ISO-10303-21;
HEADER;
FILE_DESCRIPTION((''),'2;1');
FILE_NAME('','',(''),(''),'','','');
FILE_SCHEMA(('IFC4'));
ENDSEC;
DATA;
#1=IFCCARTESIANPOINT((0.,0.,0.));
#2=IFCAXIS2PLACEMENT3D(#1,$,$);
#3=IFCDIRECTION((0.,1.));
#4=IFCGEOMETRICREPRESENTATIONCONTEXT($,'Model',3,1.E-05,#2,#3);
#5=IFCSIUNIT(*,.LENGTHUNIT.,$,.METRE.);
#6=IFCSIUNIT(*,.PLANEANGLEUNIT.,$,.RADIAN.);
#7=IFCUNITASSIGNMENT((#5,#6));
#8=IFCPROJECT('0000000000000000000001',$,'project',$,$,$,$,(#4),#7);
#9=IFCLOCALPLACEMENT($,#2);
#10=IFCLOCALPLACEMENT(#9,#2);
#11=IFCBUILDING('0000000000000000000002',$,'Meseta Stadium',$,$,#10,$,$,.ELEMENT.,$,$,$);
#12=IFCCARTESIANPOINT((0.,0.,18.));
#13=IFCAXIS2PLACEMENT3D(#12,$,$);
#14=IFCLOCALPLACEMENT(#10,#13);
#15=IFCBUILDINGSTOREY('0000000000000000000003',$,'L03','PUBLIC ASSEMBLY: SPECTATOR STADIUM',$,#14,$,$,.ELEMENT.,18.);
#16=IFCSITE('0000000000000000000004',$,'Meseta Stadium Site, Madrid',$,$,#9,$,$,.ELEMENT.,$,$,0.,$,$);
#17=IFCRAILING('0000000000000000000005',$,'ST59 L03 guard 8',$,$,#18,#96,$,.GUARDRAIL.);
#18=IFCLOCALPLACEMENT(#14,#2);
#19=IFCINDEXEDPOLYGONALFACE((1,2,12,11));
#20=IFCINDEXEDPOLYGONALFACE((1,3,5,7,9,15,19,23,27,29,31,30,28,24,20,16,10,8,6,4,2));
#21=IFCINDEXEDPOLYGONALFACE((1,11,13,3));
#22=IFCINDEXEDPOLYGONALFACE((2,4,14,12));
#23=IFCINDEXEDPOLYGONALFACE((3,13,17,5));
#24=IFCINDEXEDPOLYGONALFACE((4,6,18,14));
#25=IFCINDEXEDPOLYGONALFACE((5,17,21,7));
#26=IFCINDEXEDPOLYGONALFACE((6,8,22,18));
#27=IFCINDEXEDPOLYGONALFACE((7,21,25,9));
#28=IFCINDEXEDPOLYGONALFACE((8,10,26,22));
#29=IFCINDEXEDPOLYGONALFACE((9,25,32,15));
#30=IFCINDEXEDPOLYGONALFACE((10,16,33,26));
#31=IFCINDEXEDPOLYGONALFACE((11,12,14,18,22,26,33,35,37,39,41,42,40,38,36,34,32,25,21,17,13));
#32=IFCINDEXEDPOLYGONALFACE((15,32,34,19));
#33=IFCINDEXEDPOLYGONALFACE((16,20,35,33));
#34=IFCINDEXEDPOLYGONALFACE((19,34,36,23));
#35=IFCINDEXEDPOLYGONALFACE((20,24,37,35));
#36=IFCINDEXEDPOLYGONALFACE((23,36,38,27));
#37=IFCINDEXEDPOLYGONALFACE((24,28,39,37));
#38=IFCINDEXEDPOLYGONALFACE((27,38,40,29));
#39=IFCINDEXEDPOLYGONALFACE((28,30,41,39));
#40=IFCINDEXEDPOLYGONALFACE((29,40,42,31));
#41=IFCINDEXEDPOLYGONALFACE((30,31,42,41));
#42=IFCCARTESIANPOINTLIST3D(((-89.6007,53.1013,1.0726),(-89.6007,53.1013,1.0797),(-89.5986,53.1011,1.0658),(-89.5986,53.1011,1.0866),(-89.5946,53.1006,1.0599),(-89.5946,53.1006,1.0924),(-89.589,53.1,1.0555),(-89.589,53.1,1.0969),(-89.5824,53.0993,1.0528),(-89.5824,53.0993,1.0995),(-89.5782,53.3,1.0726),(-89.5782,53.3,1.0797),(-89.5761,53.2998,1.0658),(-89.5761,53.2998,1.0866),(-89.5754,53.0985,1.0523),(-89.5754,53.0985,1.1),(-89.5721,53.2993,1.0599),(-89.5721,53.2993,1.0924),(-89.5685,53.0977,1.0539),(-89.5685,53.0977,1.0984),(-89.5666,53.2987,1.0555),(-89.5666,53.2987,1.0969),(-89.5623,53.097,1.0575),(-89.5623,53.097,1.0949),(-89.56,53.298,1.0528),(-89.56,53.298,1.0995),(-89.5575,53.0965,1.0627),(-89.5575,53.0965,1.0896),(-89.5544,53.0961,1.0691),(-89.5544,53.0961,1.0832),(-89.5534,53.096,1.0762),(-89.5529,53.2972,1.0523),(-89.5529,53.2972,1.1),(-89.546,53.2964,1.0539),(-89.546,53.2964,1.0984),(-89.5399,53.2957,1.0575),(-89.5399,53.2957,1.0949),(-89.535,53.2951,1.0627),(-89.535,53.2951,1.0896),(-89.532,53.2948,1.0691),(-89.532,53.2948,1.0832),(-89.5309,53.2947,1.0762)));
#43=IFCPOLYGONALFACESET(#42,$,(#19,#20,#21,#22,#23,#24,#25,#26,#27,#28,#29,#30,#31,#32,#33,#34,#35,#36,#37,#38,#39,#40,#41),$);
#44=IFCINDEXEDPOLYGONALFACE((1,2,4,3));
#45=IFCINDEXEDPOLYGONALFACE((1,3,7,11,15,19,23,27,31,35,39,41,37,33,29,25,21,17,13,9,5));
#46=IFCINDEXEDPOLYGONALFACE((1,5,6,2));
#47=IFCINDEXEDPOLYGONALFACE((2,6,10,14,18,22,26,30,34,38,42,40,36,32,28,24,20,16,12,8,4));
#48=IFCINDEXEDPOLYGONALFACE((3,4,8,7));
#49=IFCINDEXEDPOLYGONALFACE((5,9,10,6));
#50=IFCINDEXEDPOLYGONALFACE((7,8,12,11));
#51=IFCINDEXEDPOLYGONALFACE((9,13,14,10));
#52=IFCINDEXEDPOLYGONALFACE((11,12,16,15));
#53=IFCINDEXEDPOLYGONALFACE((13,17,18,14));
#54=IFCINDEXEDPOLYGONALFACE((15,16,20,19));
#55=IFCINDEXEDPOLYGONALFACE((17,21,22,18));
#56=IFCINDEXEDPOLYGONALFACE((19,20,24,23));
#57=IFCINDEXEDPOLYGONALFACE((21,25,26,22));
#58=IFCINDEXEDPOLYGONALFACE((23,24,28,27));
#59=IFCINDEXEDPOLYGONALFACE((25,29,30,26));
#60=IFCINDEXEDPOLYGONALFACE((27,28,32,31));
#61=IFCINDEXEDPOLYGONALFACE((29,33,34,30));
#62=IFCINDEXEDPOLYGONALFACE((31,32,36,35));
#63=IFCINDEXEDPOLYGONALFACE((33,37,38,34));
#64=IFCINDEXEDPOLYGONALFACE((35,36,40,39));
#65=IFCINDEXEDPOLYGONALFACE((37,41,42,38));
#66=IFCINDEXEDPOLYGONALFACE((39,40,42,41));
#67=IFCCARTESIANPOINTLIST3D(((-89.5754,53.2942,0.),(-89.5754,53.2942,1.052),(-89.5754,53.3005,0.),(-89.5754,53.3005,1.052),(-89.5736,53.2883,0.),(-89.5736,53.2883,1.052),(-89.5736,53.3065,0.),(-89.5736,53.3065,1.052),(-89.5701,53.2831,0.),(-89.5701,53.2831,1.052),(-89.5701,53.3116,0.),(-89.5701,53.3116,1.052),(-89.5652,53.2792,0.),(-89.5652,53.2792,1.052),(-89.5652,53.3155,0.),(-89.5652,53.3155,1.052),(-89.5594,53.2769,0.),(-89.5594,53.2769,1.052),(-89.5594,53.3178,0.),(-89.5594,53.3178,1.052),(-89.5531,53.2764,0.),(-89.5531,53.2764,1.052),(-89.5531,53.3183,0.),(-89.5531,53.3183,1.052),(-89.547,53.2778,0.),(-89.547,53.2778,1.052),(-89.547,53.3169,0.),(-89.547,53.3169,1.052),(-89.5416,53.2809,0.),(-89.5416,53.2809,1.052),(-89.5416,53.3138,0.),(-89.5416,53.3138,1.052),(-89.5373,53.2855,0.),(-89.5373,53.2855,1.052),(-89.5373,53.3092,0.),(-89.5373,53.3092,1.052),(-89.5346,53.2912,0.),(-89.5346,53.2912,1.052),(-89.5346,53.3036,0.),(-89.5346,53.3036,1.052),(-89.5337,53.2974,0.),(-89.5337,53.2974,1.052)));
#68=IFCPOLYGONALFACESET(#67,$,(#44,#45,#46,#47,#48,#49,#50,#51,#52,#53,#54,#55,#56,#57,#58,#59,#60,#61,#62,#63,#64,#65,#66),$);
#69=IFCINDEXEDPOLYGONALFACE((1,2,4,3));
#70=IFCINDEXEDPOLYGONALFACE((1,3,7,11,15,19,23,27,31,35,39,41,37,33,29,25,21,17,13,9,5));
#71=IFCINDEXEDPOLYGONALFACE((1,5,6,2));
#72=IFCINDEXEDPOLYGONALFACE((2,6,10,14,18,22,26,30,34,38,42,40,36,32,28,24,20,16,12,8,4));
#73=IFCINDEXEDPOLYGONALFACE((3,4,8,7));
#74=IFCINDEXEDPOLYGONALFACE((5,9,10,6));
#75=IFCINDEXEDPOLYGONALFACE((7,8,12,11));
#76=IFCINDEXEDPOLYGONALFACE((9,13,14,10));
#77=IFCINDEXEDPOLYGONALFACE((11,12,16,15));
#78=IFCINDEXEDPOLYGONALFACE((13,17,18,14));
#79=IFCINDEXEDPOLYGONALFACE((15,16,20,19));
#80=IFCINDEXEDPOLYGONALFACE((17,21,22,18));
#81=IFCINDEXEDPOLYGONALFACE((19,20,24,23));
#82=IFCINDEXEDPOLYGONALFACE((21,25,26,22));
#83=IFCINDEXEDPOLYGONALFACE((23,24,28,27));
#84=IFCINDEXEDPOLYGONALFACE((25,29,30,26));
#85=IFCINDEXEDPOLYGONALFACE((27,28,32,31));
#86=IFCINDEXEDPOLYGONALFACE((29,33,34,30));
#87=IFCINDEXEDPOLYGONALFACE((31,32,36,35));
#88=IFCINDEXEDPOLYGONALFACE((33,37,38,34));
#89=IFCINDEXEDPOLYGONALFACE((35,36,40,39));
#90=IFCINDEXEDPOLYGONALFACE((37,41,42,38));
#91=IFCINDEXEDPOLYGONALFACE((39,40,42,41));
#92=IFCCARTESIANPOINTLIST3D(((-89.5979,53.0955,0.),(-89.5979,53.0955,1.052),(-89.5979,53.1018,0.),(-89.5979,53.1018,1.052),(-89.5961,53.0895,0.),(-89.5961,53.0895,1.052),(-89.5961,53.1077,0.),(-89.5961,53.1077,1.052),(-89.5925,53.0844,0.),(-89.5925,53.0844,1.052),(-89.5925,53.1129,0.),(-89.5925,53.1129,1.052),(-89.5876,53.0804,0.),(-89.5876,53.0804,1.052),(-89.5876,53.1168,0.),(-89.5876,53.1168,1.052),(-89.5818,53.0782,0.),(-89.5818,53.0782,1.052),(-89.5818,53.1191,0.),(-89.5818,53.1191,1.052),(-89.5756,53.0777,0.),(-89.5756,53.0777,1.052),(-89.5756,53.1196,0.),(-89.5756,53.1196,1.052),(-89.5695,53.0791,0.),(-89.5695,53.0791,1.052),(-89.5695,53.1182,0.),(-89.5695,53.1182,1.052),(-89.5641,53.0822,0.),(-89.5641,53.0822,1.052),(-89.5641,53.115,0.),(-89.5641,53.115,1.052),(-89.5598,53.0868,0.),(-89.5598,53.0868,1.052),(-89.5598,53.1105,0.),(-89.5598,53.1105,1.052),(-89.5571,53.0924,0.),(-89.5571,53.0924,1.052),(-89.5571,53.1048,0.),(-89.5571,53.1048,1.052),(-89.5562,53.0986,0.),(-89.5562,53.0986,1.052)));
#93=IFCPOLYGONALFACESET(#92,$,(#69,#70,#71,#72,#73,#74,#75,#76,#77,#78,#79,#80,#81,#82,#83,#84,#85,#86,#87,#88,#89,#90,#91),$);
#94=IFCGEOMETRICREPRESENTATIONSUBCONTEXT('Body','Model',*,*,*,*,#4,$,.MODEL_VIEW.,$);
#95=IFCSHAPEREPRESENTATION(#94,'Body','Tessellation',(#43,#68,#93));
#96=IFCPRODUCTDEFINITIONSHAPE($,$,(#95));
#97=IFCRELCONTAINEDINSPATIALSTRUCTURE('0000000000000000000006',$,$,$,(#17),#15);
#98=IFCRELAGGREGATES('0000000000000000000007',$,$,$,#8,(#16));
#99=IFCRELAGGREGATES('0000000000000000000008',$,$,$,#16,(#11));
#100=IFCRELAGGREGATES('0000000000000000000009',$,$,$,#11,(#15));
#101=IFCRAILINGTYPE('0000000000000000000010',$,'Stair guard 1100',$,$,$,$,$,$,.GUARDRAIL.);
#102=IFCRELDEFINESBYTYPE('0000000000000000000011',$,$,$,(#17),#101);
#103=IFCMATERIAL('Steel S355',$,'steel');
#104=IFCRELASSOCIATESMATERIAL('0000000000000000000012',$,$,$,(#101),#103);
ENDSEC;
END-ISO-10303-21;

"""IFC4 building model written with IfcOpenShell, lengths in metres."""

from ifc_helpers import new_model, si_unit, direction, frame, origin, origin_2d, place, context, subcontext, project, spatial, circle, extrude, material, type_object, element, save


model = new_model("IFC4")

# Units and contexts
model_context = context("Model", 3, precision=1e-05, world=origin(), true_north=direction((0.0, 1.0)))
body_context = subcontext(model_context, "Body", "Model", "MODEL_VIEW")
ifc_project = project(units=[si_unit("LENGTHUNIT", "METRE"), si_unit("PLANEANGLEUNIT", "RADIAN")], contexts=[model_context])

# Site, building, storey
site_placement = place(None, origin())
site = spatial("IfcSite", under=ifc_project, at=site_placement, Name="Meseta Stadium Site, Madrid", CompositionType="ELEMENT", RefElevation=0.0)
building_placement = place(site_placement, origin())
building = spatial("IfcBuilding", under=site, at=building_placement, Name="Meseta Stadium", CompositionType="ELEMENT")
storey_placement = place(building_placement, frame((0.0, 0.0, 18.0)))
storey = spatial("IfcBuildingStorey", under=building, at=storey_placement, Name="L03", Description="PUBLIC ASSEMBLY: SPECTATOR STADIUM", CompositionType="ELEMENT", Elevation=18.0)

# Railing
ifc_material_1 = material(Name="Steel S355", Category="steel")
railing_type_1 = type_object("IfcRailingType", Name="Stair guard 1100", PredefinedType="GUARDRAIL", material=ifc_material_1)
railing_1_placement = place(storey_placement, frame((-89.5547, 53.2974, 0.0)))
element("IfcRailing", 1, at=railing_1_placement, inside=storey, type_object=railing_type_1, Name="ST59 L03 guard 8", PredefinedType="GUARDRAIL", context=body_context, shape_type="SweptSolid", body=[
    extrude(circle(Radius=0.0239, at=origin_2d()), frame((0.0, 0.0, 1.0762), z_axis=(-0.112307, -0.993674, 0.0), x_axis=(0.993674, -0.112307, 0.0)), (0.0, 0.0, 1.0), 0.2),
    extrude(circle(Radius=0.021, at=origin_2d()), origin(), (0.0, 0.0, 1.0), 1.052),
    extrude(circle(Radius=0.021, at=origin_2d()), frame((-0.0225, -0.1987, 0.0)), (0.0, 0.0, 1.0), 1.052),
])

save(model, "model.ifc")
